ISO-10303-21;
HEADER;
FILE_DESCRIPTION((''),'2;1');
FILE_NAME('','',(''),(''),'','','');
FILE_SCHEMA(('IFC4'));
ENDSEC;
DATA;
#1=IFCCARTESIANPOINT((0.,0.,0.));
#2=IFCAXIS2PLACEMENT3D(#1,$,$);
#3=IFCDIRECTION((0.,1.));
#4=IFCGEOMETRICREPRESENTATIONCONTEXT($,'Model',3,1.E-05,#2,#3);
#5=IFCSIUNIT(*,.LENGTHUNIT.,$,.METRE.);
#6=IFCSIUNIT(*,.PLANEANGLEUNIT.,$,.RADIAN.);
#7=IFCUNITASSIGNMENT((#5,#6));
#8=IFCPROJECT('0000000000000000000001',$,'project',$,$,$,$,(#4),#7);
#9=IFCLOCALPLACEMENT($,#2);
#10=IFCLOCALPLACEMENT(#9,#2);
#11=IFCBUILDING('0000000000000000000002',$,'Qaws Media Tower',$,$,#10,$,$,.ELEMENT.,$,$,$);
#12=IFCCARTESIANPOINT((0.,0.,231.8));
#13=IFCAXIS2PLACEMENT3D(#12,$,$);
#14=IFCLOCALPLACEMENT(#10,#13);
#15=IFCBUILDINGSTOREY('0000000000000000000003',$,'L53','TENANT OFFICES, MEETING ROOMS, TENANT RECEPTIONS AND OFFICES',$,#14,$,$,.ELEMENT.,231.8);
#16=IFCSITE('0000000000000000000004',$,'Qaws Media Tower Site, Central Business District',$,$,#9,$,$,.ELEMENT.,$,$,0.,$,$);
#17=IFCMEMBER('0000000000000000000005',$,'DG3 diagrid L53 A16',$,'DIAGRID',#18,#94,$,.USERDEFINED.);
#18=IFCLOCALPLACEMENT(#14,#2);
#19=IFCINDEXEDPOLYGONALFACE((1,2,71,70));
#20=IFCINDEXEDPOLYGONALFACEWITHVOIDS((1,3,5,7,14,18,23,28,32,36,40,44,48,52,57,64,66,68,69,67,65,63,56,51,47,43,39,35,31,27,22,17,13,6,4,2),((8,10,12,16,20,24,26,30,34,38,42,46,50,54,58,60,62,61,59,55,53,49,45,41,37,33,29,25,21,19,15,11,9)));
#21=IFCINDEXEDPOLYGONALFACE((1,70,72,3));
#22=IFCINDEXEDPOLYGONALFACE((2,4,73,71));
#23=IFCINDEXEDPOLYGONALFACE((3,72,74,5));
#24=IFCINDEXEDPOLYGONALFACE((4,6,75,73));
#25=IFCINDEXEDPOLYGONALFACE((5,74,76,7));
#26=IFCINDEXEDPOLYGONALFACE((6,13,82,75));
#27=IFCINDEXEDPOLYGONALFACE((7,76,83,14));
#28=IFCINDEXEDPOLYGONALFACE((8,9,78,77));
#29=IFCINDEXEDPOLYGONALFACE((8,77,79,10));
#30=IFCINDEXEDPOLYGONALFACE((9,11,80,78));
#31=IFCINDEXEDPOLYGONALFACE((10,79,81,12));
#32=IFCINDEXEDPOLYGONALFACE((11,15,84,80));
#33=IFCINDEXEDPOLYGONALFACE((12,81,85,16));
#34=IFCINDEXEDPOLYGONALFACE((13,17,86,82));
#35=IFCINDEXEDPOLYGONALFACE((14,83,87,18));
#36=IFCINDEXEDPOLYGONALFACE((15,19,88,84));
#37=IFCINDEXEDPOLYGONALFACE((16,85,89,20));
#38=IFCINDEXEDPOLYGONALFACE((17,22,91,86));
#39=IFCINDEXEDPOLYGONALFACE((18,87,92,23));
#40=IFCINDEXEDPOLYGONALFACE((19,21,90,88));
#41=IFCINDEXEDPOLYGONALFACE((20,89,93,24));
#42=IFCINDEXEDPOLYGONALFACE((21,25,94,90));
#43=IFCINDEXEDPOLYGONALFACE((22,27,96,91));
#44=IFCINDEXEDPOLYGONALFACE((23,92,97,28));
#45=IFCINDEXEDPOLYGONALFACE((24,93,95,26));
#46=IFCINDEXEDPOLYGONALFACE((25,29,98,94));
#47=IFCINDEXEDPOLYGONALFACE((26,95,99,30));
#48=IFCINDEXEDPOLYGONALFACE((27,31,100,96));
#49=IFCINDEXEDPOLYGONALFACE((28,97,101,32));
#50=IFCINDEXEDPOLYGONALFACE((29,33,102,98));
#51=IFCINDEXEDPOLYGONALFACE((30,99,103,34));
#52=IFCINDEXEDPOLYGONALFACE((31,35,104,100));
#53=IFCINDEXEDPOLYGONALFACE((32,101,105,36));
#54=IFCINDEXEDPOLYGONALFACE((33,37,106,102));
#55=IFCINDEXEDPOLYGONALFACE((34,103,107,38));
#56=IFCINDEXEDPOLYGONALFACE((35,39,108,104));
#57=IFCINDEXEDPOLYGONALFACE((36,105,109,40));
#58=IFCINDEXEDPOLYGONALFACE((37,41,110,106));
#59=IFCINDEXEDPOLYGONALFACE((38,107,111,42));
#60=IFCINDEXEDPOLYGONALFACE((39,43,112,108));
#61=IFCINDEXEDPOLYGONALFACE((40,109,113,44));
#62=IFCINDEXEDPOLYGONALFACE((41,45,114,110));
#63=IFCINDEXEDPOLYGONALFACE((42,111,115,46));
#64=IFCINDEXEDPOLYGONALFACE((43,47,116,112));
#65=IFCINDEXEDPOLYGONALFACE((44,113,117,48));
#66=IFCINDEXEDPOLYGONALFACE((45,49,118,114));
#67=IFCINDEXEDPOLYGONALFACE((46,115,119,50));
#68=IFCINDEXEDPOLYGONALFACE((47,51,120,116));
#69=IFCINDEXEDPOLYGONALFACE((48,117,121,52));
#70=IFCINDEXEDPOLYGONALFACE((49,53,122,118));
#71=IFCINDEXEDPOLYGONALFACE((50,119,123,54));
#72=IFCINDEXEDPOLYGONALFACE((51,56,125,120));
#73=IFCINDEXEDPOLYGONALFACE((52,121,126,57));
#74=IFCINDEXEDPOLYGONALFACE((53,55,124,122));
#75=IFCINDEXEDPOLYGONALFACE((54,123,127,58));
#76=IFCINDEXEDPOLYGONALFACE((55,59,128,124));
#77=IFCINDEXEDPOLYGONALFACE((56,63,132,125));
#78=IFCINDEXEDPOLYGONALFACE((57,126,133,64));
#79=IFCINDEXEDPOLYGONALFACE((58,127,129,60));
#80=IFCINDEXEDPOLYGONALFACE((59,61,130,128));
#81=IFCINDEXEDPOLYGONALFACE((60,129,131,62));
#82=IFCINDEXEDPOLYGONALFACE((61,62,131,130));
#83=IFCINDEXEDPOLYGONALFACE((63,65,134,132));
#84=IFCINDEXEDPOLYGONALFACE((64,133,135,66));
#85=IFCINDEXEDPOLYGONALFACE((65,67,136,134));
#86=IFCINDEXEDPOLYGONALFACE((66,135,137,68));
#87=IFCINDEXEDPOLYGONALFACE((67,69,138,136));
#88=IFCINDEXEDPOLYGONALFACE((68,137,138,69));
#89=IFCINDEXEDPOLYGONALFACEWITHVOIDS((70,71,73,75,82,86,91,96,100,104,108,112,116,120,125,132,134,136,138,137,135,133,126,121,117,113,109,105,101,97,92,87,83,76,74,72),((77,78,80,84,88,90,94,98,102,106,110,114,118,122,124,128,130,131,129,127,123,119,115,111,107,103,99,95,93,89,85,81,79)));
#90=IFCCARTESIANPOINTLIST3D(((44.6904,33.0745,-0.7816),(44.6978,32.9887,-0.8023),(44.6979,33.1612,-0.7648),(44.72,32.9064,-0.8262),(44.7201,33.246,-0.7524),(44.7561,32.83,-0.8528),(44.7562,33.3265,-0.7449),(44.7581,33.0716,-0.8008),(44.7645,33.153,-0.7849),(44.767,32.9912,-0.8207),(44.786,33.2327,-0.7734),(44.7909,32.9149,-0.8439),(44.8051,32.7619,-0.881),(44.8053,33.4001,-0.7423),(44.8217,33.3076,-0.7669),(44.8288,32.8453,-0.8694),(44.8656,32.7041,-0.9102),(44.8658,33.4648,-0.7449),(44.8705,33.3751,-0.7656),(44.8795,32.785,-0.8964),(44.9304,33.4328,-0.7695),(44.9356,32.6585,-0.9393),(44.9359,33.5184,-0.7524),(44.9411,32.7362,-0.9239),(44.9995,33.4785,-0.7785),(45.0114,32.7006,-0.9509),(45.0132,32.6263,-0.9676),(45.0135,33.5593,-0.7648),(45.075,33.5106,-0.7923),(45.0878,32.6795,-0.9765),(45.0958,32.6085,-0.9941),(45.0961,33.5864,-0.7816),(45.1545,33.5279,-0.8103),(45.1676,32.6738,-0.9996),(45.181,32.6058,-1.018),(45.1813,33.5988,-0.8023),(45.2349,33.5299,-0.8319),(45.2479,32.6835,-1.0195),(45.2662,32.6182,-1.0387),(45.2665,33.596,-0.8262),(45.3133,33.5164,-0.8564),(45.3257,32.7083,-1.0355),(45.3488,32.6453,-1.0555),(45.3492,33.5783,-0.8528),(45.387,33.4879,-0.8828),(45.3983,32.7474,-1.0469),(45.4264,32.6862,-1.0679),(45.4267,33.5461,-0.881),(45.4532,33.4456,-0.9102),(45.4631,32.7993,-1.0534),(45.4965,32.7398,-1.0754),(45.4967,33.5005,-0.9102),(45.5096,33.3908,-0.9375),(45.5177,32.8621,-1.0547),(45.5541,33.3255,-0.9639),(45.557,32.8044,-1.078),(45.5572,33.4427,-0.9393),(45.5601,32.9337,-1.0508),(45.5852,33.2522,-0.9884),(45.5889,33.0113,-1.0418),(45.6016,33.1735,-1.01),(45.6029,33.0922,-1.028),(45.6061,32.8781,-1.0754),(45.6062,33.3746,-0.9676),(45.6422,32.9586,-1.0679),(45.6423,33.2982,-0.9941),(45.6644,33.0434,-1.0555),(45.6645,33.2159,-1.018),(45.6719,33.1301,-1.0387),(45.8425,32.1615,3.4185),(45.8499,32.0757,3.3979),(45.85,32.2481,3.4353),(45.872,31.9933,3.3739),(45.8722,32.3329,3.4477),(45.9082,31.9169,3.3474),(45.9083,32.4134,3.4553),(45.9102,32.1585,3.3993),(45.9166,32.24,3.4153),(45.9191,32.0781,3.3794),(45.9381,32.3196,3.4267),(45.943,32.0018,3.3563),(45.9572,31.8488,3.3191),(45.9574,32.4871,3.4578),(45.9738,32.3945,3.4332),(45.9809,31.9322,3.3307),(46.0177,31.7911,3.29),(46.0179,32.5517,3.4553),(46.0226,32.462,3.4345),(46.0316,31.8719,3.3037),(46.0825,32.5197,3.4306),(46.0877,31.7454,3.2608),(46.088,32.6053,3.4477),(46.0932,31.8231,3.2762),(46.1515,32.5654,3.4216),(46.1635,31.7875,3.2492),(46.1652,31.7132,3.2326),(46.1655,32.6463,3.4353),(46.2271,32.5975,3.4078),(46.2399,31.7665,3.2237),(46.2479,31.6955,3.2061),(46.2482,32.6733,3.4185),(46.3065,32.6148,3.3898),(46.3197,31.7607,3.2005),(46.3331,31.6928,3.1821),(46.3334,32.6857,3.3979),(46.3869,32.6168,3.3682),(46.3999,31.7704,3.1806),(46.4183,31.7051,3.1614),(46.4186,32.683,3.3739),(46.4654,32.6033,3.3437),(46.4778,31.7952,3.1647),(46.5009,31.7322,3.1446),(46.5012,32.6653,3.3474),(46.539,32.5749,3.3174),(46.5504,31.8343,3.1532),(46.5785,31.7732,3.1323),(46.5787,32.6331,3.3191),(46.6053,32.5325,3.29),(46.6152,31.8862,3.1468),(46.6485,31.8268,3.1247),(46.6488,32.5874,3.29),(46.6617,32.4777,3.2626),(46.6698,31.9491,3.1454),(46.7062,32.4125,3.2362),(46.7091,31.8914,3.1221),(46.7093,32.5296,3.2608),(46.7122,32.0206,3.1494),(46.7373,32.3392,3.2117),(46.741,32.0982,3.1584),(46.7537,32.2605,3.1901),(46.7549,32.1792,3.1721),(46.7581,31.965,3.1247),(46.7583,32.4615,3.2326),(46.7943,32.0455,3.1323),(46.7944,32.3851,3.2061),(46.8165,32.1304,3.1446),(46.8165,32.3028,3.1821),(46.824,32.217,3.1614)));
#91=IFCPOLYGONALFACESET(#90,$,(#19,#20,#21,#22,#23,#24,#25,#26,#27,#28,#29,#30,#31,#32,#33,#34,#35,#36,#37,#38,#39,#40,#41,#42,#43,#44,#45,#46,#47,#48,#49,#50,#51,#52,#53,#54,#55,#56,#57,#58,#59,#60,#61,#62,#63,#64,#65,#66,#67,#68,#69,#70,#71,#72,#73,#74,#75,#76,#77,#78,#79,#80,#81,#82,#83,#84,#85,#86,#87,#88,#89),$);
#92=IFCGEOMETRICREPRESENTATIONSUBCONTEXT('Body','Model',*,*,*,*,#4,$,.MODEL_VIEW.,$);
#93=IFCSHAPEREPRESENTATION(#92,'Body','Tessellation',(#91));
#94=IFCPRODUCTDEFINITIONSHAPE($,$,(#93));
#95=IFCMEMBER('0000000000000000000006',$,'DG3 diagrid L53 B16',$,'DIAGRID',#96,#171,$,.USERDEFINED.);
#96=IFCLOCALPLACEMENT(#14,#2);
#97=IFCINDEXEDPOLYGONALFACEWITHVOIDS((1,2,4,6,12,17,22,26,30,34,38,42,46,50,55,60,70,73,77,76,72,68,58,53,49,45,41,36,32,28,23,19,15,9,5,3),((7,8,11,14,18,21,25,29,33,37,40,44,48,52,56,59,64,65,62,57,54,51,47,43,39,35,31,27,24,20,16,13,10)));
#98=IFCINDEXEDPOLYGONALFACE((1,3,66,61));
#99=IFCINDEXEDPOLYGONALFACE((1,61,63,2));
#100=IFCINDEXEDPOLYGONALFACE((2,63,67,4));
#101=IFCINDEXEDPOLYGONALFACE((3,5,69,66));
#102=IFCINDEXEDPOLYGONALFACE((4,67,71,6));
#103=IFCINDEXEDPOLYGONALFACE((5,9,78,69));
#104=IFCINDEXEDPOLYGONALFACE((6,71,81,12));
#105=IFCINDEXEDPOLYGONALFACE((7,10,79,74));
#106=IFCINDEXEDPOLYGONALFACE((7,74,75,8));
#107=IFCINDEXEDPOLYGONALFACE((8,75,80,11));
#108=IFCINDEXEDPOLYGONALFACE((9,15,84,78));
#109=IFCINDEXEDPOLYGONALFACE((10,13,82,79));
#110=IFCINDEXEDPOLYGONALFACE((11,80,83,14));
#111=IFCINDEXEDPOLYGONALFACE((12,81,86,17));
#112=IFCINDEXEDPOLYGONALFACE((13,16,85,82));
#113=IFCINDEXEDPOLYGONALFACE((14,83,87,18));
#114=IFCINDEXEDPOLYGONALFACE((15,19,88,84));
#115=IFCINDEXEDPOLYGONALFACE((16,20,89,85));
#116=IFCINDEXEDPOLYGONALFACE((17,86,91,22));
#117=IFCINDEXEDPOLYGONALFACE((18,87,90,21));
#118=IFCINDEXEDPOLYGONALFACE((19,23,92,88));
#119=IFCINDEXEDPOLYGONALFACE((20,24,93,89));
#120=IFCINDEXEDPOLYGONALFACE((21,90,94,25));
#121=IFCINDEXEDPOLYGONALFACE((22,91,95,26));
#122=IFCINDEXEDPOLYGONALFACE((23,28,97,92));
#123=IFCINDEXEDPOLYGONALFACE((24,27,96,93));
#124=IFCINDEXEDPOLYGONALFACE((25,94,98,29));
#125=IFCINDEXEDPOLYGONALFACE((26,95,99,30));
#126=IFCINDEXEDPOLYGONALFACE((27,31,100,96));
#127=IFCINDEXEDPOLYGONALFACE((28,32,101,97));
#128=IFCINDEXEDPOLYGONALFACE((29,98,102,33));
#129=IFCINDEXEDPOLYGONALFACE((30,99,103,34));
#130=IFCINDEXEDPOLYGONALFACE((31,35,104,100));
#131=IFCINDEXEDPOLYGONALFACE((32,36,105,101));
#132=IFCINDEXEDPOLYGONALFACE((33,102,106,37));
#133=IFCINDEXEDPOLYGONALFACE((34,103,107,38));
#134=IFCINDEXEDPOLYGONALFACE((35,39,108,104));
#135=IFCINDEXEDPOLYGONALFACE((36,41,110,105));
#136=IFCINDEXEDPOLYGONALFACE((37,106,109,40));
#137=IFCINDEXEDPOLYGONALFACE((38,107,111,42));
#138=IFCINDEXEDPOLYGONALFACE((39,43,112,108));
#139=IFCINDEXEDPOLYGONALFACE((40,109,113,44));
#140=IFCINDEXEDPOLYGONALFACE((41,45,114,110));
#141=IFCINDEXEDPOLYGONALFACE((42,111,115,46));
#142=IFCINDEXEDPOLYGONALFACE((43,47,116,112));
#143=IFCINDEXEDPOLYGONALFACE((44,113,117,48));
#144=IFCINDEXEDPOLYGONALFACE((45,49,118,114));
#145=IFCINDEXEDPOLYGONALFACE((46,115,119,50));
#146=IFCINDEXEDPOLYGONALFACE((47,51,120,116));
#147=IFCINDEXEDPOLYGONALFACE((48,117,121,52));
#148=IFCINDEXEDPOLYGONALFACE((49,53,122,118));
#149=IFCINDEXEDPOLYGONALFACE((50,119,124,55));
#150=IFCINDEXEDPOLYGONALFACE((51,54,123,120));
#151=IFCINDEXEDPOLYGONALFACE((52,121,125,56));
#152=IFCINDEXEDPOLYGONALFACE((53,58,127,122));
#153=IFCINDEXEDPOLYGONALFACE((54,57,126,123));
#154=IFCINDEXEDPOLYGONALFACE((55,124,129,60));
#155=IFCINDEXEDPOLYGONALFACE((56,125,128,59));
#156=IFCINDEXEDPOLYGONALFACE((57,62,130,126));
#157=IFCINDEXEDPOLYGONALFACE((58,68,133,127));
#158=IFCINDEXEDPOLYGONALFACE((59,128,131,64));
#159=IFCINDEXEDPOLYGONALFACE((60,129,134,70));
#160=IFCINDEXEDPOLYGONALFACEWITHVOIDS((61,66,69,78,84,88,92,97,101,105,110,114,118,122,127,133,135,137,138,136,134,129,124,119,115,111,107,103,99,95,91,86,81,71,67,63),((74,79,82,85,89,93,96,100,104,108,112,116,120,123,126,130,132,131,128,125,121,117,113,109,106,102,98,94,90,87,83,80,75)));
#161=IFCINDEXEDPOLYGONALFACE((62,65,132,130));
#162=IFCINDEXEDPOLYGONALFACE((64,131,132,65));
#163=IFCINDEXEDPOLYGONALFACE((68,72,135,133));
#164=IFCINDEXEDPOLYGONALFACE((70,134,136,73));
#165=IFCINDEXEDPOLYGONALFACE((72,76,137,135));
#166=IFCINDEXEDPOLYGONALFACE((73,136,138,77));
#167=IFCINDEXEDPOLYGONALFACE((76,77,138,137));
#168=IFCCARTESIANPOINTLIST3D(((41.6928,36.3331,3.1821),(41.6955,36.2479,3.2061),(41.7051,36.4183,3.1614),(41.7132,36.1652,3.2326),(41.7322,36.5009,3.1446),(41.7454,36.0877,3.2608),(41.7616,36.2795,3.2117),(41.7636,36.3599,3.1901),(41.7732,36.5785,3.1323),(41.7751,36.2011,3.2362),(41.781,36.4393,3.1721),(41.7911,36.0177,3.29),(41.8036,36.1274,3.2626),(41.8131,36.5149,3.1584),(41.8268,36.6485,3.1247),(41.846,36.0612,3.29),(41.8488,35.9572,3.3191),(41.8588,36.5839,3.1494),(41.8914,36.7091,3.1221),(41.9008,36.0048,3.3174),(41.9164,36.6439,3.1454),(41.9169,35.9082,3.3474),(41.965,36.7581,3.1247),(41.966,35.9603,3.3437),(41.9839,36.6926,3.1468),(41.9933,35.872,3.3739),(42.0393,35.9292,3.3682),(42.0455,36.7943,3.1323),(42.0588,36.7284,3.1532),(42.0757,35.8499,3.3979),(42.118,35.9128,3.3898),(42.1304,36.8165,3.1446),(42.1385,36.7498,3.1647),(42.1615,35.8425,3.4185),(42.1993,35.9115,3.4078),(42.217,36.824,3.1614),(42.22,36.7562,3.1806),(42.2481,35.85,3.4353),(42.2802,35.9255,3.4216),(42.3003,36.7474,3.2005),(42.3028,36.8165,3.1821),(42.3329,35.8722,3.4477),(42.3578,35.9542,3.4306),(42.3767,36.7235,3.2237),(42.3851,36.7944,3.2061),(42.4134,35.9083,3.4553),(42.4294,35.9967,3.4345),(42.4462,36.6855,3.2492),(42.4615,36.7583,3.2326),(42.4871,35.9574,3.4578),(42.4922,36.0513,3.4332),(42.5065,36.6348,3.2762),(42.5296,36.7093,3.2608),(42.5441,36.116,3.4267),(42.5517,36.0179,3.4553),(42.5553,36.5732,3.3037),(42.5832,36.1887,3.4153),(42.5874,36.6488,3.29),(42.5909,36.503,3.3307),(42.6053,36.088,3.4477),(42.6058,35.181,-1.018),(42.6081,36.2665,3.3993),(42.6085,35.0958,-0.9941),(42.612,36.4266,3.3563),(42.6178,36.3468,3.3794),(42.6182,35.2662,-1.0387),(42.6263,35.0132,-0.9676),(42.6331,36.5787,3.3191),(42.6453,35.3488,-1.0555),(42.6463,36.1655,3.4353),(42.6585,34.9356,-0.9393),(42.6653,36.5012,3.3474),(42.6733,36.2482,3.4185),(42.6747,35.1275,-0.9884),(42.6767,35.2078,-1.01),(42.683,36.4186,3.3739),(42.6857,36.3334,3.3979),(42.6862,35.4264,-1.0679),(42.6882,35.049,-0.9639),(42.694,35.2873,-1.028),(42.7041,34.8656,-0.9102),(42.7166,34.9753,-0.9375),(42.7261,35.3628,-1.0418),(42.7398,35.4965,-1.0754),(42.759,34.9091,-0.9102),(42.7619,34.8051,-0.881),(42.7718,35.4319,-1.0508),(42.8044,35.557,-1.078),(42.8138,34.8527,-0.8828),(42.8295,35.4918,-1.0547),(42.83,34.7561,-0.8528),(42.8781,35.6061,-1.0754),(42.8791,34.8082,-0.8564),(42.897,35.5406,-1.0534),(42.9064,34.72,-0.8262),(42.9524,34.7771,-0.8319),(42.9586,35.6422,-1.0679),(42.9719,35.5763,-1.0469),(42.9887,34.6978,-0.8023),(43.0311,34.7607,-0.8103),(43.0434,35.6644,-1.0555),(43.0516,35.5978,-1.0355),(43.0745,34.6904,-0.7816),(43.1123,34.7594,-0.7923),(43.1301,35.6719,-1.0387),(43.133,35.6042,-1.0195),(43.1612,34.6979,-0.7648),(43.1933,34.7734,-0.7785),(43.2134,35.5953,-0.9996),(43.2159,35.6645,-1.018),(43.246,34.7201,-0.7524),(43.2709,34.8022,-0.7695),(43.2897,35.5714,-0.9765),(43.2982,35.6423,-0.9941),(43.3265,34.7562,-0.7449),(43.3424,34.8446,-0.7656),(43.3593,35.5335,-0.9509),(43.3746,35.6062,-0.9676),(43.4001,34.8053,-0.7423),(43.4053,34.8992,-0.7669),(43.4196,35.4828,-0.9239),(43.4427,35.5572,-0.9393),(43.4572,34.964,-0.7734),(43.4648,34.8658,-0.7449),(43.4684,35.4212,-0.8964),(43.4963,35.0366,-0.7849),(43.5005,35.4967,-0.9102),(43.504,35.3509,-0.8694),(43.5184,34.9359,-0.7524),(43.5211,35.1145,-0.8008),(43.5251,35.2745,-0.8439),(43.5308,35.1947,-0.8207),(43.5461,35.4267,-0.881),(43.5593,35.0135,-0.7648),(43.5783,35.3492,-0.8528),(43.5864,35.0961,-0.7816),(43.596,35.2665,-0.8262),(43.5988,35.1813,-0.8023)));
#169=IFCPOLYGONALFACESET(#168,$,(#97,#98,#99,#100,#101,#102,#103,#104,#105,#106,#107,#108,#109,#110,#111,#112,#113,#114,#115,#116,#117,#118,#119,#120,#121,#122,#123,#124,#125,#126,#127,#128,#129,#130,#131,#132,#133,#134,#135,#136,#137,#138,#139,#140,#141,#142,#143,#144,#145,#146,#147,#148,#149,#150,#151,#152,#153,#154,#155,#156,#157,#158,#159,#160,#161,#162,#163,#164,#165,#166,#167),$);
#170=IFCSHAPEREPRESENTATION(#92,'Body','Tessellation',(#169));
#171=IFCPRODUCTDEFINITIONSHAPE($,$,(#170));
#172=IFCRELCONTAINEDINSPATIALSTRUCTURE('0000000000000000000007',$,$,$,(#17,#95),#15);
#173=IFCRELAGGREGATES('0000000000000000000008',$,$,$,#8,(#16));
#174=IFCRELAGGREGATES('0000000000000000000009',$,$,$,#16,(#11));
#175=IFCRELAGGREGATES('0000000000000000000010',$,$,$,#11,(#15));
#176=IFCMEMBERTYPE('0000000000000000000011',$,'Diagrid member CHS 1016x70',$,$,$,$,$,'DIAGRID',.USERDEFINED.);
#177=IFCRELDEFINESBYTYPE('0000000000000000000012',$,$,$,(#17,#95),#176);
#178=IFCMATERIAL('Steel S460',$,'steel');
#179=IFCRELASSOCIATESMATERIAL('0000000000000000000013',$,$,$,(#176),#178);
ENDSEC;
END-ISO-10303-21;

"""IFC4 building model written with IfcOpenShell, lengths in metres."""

from ifc_helpers import new_model, si_unit, direction, frame, origin, origin_2d, place, context, subcontext, project, spatial, hollow_circle, extrude, material, material_profile, profile_set, type_object, element, save


model = new_model("IFC4")

# Units and contexts
model_context = context("Model", 3, precision=1e-05, world=origin(), true_north=direction((0.0, 1.0)))
body_context = subcontext(model_context, "Body", "Model", "MODEL_VIEW")
ifc_project = project(units=[si_unit("LENGTHUNIT", "METRE"), si_unit("PLANEANGLEUNIT", "RADIAN")], contexts=[model_context])

# Site, building, storey
site_placement = place(None, origin())
site = spatial("IfcSite", under=ifc_project, at=site_placement, Name="Qaws Media Tower Site, Central Business District", CompositionType="ELEMENT", RefElevation=0.0)
building_placement = place(site_placement, origin())
building = spatial("IfcBuilding", under=site, at=building_placement, Name="Qaws Media Tower", CompositionType="ELEMENT")
storey_placement = place(building_placement, frame((0.0, 0.0, 231.8)))
storey = spatial("IfcBuildingStorey", under=building, at=storey_placement, Name="L53", Description="TENANT OFFICES, MEETING ROOMS, TENANT RECEPTIONS AND OFFICES", CompositionType="ELEMENT", Elevation=231.8)

# Members
ifc_material_1 = material(Name="Steel S460", Category="steel")
ifc_material_profile_1 = material_profile(ifc_material_1, hollow_circle(Radius=0.5081, WallThickness=0.0701, at=origin_2d()), Name="CHS 1016x70")
ifc_profile_set_1 = profile_set([ifc_material_profile_1], Name="Steel S460")
member_type_1 = type_object("IfcMemberType", Name="Diagrid member CHS 1016x70", ElementType="DIAGRID", PredefinedType="USERDEFINED", material=ifc_profile_set_1)
for number, where, z_axis, x_axis, name in (
    (1, (45.1812, 33.1023, -0.9102), (0.258897, -0.205187, 0.943859), (0.621124, 0.783712, 0.0), "DG3 diagrid L53 A16"),
    (2, (43.1023, 35.1812, -0.9102), (-0.205187, 0.258897, 0.943859), (-0.783712, -0.621124, 0.0), "DG3 diagrid L53 B16"),
):
    element("IfcMember", number, at=place(storey_placement, frame(where, z_axis=z_axis, x_axis=x_axis)), inside=storey, type_object=member_type_1, Name=name, ObjectType="DIAGRID", PredefinedType="USERDEFINED", context=body_context, shape_type="SweptSolid", body=[
        extrude(hollow_circle(Radius=0.5081, WallThickness=0.0701, at=origin_2d()), origin(), (0.0, 0.0, 1.0), 4.45),
    ])

save(model, "model.ifc")
